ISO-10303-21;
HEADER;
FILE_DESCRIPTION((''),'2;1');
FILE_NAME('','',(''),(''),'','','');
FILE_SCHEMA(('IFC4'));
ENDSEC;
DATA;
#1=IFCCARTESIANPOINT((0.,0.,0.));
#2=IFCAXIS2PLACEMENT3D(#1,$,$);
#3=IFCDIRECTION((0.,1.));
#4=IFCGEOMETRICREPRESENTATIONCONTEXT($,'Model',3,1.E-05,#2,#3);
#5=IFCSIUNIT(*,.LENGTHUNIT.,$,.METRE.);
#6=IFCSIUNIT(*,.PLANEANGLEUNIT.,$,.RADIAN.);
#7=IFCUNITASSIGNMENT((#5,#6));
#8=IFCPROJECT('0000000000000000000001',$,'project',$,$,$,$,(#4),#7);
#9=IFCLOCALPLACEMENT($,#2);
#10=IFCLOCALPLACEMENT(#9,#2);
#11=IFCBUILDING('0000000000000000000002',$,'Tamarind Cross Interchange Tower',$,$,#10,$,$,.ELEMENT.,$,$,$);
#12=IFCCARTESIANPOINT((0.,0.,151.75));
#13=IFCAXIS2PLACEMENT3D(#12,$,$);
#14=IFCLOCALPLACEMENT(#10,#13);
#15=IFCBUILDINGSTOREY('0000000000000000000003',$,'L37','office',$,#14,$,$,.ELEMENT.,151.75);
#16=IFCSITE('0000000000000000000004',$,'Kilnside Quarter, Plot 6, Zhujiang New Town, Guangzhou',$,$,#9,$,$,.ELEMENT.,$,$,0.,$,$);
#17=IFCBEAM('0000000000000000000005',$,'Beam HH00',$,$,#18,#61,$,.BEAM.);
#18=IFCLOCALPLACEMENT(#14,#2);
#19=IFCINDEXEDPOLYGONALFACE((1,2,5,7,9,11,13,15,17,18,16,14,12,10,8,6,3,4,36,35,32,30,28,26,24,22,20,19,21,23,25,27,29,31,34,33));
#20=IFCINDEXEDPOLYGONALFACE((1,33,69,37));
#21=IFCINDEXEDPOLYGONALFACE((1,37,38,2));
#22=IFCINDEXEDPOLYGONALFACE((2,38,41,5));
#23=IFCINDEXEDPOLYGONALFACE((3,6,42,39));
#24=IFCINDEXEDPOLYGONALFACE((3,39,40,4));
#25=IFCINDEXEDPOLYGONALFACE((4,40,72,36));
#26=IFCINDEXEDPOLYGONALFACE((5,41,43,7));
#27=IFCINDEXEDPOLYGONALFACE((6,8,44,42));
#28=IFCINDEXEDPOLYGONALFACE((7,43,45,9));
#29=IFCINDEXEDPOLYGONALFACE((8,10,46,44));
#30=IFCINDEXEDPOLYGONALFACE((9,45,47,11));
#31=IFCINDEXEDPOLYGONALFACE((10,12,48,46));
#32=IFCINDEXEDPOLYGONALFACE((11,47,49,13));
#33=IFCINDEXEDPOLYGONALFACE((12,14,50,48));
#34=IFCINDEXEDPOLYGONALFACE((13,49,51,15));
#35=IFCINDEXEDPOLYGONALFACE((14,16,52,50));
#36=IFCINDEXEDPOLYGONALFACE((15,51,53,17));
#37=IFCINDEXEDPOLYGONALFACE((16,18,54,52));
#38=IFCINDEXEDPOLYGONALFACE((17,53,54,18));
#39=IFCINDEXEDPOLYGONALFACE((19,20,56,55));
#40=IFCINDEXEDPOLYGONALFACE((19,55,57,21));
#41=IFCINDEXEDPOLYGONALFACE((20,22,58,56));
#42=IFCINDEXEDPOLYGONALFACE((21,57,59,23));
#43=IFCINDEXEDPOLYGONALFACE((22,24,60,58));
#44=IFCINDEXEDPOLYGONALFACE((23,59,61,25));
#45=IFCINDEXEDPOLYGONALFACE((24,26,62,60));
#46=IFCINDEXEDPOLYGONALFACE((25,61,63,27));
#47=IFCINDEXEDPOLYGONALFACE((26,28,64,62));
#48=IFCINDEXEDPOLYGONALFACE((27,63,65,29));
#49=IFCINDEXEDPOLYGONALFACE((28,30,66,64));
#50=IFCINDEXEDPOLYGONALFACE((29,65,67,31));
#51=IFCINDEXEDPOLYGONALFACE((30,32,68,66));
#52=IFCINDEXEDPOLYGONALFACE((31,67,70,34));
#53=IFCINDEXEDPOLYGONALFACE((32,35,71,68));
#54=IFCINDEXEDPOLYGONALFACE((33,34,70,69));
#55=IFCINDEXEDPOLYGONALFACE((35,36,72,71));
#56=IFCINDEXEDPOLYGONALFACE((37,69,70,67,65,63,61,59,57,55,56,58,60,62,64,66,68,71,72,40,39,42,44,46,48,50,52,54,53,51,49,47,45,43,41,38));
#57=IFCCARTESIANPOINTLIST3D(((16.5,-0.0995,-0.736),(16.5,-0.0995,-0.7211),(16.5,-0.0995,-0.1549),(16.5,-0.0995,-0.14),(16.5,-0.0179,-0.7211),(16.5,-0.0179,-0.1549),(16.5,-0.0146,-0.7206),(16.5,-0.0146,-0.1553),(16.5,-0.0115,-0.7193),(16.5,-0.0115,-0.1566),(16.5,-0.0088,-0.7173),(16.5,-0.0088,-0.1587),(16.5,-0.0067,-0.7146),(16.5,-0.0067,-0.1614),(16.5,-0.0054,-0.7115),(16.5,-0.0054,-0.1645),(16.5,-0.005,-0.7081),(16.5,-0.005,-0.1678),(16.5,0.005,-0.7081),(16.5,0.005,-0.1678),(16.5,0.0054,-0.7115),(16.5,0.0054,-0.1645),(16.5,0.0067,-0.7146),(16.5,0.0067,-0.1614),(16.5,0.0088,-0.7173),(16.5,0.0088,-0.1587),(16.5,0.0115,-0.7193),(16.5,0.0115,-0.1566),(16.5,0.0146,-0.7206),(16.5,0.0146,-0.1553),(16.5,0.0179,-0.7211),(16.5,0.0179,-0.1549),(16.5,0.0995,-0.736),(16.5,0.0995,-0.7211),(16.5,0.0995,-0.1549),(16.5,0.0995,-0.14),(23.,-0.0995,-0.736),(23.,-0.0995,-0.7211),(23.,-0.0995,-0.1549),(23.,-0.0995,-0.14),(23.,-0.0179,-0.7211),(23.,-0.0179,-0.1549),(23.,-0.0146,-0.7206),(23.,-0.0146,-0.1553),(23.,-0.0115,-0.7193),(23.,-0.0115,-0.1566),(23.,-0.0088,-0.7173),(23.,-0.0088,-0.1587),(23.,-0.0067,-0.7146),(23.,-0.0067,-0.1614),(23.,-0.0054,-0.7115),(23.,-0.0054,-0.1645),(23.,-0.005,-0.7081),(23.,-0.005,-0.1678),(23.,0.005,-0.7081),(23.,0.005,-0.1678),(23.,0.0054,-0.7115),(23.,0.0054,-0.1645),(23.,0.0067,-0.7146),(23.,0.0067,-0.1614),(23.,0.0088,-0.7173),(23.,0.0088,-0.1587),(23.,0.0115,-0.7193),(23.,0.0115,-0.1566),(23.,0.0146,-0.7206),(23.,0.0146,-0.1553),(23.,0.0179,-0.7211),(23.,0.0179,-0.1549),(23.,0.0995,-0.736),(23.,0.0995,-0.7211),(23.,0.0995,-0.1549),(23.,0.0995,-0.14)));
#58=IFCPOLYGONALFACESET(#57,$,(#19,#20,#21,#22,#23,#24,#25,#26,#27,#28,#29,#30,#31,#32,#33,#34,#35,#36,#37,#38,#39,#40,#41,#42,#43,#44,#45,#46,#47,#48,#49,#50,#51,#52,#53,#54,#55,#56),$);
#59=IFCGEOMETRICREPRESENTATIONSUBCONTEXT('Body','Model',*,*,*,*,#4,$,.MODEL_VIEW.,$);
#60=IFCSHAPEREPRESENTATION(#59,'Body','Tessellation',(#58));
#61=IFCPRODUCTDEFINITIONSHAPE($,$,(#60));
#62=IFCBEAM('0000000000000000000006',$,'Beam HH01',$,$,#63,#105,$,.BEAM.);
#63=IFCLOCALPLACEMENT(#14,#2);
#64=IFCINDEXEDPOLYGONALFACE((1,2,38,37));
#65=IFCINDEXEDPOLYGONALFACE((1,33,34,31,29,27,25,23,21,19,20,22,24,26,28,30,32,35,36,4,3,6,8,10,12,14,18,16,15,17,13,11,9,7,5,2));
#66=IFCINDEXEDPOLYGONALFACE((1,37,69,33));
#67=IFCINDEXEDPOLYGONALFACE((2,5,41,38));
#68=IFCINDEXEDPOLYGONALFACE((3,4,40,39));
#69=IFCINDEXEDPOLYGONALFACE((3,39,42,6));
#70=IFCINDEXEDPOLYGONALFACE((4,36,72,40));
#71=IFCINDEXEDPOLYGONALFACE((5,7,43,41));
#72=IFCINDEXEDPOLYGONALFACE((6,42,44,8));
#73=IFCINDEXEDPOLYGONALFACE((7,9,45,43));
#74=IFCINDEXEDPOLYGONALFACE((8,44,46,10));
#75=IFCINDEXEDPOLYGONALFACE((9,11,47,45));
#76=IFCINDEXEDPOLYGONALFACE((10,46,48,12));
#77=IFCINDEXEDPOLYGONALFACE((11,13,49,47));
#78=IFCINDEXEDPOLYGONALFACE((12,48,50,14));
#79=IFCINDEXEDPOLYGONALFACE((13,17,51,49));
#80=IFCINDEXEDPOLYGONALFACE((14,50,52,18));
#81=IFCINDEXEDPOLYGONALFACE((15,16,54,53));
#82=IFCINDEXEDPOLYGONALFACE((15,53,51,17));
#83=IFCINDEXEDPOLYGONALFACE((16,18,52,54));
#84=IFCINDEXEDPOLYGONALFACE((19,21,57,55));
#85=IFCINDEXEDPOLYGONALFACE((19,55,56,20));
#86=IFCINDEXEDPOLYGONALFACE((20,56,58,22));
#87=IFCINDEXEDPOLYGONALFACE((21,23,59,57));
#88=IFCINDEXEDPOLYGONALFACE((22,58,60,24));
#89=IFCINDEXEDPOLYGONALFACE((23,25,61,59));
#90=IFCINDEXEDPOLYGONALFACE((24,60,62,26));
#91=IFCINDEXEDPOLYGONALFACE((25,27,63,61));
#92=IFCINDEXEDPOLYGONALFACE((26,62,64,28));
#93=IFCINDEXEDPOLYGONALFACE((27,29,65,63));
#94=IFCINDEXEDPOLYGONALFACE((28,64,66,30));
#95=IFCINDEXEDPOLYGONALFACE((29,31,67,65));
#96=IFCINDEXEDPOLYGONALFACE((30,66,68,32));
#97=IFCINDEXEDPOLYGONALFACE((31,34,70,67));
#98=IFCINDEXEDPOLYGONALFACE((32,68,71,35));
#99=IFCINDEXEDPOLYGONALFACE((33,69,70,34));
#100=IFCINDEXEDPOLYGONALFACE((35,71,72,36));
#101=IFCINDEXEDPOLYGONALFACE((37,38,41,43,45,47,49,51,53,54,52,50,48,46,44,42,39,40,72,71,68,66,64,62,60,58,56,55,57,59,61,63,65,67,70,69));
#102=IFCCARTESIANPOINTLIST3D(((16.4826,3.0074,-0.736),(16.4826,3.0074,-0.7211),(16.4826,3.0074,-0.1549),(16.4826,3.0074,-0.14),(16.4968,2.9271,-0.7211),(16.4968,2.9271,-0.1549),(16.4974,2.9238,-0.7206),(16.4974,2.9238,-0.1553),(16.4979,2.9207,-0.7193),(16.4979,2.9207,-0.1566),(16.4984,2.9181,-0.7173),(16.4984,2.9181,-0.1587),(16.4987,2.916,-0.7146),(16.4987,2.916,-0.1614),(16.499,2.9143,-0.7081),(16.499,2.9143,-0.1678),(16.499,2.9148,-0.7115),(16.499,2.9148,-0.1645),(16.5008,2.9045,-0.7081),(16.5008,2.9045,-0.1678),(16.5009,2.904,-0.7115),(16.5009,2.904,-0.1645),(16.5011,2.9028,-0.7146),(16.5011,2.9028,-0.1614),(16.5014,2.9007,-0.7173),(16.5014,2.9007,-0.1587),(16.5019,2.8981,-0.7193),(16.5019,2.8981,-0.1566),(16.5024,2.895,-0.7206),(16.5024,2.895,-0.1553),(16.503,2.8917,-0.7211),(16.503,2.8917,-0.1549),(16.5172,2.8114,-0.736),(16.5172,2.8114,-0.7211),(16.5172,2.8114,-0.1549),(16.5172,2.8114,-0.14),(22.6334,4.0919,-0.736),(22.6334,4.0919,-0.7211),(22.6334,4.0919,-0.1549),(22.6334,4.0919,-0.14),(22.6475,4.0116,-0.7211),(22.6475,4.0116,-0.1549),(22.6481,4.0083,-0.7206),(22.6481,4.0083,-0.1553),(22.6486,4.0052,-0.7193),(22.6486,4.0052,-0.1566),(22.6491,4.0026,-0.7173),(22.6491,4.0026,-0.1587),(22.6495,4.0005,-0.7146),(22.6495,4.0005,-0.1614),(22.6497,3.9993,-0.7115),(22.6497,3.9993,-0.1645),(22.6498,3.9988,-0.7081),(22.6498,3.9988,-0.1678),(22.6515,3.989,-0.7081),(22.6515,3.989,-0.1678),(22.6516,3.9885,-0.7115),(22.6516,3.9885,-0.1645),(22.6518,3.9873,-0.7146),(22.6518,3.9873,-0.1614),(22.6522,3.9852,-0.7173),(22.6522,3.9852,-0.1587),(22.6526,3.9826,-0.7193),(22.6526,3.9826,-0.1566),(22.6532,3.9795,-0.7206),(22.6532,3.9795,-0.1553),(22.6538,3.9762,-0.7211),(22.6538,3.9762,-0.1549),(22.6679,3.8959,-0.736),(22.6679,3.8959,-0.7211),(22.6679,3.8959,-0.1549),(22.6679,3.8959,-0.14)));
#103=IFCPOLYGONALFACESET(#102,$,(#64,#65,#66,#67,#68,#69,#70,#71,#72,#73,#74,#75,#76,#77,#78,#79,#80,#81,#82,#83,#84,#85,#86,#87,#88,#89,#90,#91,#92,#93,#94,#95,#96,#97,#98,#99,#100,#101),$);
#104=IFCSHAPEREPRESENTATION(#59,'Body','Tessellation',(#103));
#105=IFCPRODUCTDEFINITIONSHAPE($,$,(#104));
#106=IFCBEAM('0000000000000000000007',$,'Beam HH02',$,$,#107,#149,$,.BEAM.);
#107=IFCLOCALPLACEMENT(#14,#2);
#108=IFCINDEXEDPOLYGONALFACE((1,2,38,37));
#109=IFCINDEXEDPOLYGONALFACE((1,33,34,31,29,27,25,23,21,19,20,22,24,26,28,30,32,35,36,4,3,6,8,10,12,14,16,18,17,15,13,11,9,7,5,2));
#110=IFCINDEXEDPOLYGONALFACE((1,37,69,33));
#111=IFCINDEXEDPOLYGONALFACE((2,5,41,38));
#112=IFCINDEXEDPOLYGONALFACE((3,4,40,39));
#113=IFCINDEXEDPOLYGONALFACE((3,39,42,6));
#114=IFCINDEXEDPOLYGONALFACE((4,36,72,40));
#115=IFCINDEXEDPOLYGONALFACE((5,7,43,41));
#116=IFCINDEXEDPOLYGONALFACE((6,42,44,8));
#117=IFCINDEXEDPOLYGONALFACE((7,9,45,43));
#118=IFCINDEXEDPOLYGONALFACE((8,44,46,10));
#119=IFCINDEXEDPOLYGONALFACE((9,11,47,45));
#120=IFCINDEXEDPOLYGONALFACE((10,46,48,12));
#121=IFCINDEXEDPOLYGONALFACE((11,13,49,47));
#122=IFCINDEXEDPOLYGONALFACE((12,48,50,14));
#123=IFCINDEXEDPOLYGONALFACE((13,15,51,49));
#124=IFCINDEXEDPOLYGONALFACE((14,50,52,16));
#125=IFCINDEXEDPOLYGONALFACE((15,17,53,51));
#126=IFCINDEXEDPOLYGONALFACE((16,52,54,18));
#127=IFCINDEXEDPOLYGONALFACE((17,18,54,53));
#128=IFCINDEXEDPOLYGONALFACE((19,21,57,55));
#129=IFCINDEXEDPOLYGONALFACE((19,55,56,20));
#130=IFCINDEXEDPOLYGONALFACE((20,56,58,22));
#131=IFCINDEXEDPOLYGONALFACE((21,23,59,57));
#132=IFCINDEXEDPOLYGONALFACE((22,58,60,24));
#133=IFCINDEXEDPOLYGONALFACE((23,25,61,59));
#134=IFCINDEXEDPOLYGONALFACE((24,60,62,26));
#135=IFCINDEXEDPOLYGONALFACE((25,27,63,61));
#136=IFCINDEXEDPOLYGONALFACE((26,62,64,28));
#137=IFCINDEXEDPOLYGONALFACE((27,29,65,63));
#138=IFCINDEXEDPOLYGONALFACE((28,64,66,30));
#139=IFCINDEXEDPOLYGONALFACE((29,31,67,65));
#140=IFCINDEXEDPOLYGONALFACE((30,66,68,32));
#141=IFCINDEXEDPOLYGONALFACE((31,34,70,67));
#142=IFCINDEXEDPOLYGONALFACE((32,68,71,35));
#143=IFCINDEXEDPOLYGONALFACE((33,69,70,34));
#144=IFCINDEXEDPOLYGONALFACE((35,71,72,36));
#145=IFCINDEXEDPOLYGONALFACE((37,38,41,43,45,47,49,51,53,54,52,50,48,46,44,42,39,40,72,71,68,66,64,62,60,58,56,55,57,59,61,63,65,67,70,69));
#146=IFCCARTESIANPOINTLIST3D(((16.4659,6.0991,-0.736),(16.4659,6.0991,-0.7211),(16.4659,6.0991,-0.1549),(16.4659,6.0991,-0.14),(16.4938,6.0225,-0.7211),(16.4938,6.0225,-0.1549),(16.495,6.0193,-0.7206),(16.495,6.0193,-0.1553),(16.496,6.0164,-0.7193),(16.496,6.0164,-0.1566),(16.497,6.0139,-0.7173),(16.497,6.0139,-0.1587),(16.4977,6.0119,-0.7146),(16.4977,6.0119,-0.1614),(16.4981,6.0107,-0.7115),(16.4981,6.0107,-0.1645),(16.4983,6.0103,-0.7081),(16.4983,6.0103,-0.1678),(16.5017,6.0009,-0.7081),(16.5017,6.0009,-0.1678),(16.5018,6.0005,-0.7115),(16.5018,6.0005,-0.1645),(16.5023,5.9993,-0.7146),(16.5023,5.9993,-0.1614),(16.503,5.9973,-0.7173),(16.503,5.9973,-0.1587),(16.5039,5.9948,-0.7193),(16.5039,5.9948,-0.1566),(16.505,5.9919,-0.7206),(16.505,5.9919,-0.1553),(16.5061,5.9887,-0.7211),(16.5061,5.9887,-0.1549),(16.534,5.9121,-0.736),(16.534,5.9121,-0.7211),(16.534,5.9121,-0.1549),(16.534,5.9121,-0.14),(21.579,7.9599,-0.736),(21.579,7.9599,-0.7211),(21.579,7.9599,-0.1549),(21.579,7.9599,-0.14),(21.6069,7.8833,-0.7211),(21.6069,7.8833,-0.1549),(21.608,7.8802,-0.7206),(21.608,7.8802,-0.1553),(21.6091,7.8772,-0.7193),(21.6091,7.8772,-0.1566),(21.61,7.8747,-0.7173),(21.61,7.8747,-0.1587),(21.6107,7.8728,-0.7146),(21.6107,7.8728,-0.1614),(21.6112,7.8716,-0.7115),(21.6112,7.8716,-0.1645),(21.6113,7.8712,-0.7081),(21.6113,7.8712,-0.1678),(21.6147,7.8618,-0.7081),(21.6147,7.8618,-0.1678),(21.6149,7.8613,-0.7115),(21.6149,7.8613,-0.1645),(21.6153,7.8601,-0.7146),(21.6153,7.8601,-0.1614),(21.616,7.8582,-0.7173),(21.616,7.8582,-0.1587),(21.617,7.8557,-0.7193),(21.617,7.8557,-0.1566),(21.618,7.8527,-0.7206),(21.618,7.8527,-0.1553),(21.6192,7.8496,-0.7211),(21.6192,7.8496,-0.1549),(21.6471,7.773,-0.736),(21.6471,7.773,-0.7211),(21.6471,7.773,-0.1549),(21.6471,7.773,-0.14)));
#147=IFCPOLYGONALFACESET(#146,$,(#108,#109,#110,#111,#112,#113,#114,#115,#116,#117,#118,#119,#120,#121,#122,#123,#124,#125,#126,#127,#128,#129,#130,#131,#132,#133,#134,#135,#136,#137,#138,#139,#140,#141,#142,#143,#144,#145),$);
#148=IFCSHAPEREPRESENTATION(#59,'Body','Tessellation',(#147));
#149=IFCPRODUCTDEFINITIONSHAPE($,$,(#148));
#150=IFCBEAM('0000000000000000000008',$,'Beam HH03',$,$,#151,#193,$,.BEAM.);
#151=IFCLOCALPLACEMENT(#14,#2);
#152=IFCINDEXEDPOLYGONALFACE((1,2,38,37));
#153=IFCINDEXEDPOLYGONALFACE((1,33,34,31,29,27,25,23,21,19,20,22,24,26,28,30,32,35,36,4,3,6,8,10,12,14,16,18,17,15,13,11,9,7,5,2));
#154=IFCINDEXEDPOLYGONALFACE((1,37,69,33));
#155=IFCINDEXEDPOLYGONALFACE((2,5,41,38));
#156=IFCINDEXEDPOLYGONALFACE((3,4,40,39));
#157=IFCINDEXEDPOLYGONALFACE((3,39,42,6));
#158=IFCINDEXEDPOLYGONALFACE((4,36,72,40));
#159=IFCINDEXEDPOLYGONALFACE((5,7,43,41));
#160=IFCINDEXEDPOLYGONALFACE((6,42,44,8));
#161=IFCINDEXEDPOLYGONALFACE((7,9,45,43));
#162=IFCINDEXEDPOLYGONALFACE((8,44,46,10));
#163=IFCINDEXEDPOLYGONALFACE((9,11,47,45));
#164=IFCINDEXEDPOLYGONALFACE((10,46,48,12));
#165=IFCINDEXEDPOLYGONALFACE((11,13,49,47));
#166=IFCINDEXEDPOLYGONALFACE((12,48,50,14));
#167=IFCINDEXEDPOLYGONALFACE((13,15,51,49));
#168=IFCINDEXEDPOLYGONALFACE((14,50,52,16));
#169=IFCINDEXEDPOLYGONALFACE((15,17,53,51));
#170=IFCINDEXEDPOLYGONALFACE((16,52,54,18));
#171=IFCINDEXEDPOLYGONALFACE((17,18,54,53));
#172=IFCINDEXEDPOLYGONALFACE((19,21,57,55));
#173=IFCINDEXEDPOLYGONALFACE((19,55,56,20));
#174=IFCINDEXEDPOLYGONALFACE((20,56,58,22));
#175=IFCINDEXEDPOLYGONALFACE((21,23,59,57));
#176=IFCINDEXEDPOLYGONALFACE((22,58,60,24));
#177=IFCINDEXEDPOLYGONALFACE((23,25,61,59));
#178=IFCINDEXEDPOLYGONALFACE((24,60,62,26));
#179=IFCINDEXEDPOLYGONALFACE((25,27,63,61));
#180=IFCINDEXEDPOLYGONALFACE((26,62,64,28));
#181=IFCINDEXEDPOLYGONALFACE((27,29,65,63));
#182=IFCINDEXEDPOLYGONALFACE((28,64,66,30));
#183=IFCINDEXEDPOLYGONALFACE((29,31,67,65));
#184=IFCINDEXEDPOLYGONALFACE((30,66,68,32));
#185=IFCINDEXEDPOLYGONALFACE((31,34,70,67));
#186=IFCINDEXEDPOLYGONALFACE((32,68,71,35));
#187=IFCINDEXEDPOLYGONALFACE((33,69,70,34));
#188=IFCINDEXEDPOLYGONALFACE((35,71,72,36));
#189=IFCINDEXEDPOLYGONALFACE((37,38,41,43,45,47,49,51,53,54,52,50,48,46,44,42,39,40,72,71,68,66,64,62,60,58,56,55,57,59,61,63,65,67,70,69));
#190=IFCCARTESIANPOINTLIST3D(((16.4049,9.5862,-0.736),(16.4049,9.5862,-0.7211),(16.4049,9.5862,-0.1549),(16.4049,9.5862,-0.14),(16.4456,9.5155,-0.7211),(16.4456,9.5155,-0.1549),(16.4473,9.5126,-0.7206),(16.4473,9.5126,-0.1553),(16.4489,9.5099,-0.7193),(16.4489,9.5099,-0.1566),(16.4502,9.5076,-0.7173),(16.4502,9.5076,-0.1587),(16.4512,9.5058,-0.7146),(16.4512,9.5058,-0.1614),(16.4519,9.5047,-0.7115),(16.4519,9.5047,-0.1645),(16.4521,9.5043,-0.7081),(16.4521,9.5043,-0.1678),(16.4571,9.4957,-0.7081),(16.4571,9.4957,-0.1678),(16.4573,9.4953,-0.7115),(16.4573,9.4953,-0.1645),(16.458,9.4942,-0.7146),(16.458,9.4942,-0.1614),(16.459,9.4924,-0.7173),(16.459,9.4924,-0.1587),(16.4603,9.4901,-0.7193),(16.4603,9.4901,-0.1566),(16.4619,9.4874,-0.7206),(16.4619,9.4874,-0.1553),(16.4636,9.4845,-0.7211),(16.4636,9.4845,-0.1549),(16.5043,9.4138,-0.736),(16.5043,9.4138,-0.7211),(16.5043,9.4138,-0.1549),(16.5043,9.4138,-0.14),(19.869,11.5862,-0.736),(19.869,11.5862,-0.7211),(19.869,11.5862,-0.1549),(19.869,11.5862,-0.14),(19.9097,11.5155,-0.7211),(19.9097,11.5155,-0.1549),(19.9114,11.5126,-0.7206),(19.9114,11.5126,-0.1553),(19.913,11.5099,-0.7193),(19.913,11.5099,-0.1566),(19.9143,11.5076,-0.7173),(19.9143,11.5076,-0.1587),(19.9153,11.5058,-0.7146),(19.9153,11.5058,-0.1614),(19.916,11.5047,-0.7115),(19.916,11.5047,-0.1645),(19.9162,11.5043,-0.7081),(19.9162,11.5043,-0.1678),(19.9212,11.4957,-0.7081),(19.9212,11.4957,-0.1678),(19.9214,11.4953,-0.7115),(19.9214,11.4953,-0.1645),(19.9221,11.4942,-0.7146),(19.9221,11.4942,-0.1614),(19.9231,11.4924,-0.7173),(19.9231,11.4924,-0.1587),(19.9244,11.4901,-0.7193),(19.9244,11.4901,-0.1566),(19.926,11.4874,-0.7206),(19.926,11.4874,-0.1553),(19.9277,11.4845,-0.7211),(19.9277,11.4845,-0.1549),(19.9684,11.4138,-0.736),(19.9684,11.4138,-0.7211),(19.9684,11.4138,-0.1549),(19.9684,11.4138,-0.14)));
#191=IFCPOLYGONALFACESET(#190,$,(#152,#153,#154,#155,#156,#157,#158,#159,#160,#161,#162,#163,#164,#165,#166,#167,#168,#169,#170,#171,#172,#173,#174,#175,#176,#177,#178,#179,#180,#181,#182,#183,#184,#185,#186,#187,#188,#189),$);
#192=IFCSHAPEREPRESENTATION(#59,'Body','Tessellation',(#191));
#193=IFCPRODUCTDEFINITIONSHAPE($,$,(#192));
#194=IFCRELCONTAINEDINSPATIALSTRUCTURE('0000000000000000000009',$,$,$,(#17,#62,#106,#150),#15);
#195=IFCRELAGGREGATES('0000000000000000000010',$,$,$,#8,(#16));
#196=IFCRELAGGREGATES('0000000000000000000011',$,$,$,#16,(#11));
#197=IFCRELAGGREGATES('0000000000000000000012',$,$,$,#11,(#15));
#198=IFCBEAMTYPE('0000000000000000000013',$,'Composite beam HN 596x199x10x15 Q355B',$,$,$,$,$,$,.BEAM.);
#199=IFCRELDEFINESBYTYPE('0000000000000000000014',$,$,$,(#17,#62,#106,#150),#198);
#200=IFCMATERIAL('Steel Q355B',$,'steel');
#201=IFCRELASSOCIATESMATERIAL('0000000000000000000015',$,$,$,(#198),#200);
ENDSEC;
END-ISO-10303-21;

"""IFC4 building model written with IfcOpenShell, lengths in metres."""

from ifc_helpers import new_model, si_unit, direction, frame, origin, origin_2d, place, context, subcontext, project, spatial, i_section, extrude, material, material_profile, profile_set, type_object, element, save


model = new_model("IFC4")

# Units and contexts
model_context = context("Model", 3, precision=1e-05, world=origin(), true_north=direction((0.0, 1.0)))
body_context = subcontext(model_context, "Body", "Model", "MODEL_VIEW")
ifc_project = project(units=[si_unit("LENGTHUNIT", "METRE"), si_unit("PLANEANGLEUNIT", "RADIAN")], contexts=[model_context])

# Site, building, storey
site_placement = place(None, origin())
site = spatial("IfcSite", under=ifc_project, at=site_placement, Name="Kilnside Quarter, Plot 6, Zhujiang New Town, Guangzhou", CompositionType="ELEMENT", RefElevation=0.0)
building_placement = place(site_placement, origin())
building = spatial("IfcBuilding", under=site, at=building_placement, Name="Tamarind Cross Interchange Tower", CompositionType="ELEMENT")
storey_placement = place(building_placement, frame((0.0, 0.0, 151.75)))
storey = spatial("IfcBuildingStorey", under=building, at=storey_placement, Name="L37", Description="office", CompositionType="ELEMENT", Elevation=151.75)

# Beams
ifc_material_1 = material(Name="Steel Q355B", Category="steel")
ifc_material_profile_1 = material_profile(ifc_material_1, i_section(OverallWidth=0.199, OverallDepth=0.5959, WebThickness=0.01, FlangeThickness=0.0149, FilletRadius=0.0129, at=origin_2d()), Name="HN 596x199x10x15")
ifc_profile_set_1 = profile_set([ifc_material_profile_1], Name="Steel Q355B")
beam_type_1 = type_object("IfcBeamType", Name="Composite beam HN 596x199x10x15 Q355B", PredefinedType="BEAM", material=ifc_profile_set_1)
beam_1_placement = place(storey_placement, frame((23.0, 0.0, -0.438), z_axis=(-1.0, 0.0, 0.0), x_axis=(0.0, -1.0, 0.0)))
element("IfcBeam", 1, at=beam_1_placement, inside=storey, type_object=beam_type_1, Name="Beam HH00", PredefinedType="BEAM", context=body_context, shape_type="SweptSolid", body=[
    extrude(i_section(OverallWidth=0.199, OverallDepth=0.5959, WebThickness=0.01, FlangeThickness=0.0149, FilletRadius=0.0129, at=origin_2d()), origin(), (0.0, 0.0, 1.0), 6.5),
])
beam_2_placement = place(storey_placement, frame((22.6506, 3.9939, -0.438), z_axis=(-0.984809, -0.17364, 0.0), x_axis=(0.17364, -0.984809, 0.0)))
element("IfcBeam", 2, at=beam_2_placement, inside=storey, type_object=beam_type_1, Name="Beam HH01", PredefinedType="BEAM", context=body_context, shape_type="SweptSolid", body=[
    extrude(i_section(OverallWidth=0.199, OverallDepth=0.5959, WebThickness=0.01, FlangeThickness=0.0149, FilletRadius=0.0129, at=origin_2d()), origin(), (0.0, 0.0, 1.0), 6.2456),
])
beam_3_placement = place(storey_placement, frame((21.613, 7.8665, -0.438), z_axis=(-0.939702, -0.341995, 0.0), x_axis=(0.341995, -0.939702, 0.0)))
element("IfcBeam", 3, at=beam_3_placement, inside=storey, type_object=beam_type_1, Name="Beam HH02", PredefinedType="BEAM", context=body_context, shape_type="SweptSolid", body=[
    extrude(i_section(OverallWidth=0.199, OverallDepth=0.5959, WebThickness=0.01, FlangeThickness=0.0149, FilletRadius=0.0129, at=origin_2d()), origin(), (0.0, 0.0, 1.0), 5.4412),
])
beam_4_placement = place(storey_placement, frame((19.9187, 11.5, -0.438), z_axis=(-0.866026, -0.499999, 0.0), x_axis=(0.499999, -0.866026, 0.0)))
element("IfcBeam", 4, at=beam_4_placement, inside=storey, type_object=beam_type_1, Name="Beam HH03", PredefinedType="BEAM", context=body_context, shape_type="SweptSolid", body=[
    extrude(i_section(OverallWidth=0.199, OverallDepth=0.5959, WebThickness=0.01, FlangeThickness=0.0149, FilletRadius=0.0129, at=origin_2d()), origin(), (0.0, 0.0, 1.0), 4.0),
])

save(model, "model.ifc")
